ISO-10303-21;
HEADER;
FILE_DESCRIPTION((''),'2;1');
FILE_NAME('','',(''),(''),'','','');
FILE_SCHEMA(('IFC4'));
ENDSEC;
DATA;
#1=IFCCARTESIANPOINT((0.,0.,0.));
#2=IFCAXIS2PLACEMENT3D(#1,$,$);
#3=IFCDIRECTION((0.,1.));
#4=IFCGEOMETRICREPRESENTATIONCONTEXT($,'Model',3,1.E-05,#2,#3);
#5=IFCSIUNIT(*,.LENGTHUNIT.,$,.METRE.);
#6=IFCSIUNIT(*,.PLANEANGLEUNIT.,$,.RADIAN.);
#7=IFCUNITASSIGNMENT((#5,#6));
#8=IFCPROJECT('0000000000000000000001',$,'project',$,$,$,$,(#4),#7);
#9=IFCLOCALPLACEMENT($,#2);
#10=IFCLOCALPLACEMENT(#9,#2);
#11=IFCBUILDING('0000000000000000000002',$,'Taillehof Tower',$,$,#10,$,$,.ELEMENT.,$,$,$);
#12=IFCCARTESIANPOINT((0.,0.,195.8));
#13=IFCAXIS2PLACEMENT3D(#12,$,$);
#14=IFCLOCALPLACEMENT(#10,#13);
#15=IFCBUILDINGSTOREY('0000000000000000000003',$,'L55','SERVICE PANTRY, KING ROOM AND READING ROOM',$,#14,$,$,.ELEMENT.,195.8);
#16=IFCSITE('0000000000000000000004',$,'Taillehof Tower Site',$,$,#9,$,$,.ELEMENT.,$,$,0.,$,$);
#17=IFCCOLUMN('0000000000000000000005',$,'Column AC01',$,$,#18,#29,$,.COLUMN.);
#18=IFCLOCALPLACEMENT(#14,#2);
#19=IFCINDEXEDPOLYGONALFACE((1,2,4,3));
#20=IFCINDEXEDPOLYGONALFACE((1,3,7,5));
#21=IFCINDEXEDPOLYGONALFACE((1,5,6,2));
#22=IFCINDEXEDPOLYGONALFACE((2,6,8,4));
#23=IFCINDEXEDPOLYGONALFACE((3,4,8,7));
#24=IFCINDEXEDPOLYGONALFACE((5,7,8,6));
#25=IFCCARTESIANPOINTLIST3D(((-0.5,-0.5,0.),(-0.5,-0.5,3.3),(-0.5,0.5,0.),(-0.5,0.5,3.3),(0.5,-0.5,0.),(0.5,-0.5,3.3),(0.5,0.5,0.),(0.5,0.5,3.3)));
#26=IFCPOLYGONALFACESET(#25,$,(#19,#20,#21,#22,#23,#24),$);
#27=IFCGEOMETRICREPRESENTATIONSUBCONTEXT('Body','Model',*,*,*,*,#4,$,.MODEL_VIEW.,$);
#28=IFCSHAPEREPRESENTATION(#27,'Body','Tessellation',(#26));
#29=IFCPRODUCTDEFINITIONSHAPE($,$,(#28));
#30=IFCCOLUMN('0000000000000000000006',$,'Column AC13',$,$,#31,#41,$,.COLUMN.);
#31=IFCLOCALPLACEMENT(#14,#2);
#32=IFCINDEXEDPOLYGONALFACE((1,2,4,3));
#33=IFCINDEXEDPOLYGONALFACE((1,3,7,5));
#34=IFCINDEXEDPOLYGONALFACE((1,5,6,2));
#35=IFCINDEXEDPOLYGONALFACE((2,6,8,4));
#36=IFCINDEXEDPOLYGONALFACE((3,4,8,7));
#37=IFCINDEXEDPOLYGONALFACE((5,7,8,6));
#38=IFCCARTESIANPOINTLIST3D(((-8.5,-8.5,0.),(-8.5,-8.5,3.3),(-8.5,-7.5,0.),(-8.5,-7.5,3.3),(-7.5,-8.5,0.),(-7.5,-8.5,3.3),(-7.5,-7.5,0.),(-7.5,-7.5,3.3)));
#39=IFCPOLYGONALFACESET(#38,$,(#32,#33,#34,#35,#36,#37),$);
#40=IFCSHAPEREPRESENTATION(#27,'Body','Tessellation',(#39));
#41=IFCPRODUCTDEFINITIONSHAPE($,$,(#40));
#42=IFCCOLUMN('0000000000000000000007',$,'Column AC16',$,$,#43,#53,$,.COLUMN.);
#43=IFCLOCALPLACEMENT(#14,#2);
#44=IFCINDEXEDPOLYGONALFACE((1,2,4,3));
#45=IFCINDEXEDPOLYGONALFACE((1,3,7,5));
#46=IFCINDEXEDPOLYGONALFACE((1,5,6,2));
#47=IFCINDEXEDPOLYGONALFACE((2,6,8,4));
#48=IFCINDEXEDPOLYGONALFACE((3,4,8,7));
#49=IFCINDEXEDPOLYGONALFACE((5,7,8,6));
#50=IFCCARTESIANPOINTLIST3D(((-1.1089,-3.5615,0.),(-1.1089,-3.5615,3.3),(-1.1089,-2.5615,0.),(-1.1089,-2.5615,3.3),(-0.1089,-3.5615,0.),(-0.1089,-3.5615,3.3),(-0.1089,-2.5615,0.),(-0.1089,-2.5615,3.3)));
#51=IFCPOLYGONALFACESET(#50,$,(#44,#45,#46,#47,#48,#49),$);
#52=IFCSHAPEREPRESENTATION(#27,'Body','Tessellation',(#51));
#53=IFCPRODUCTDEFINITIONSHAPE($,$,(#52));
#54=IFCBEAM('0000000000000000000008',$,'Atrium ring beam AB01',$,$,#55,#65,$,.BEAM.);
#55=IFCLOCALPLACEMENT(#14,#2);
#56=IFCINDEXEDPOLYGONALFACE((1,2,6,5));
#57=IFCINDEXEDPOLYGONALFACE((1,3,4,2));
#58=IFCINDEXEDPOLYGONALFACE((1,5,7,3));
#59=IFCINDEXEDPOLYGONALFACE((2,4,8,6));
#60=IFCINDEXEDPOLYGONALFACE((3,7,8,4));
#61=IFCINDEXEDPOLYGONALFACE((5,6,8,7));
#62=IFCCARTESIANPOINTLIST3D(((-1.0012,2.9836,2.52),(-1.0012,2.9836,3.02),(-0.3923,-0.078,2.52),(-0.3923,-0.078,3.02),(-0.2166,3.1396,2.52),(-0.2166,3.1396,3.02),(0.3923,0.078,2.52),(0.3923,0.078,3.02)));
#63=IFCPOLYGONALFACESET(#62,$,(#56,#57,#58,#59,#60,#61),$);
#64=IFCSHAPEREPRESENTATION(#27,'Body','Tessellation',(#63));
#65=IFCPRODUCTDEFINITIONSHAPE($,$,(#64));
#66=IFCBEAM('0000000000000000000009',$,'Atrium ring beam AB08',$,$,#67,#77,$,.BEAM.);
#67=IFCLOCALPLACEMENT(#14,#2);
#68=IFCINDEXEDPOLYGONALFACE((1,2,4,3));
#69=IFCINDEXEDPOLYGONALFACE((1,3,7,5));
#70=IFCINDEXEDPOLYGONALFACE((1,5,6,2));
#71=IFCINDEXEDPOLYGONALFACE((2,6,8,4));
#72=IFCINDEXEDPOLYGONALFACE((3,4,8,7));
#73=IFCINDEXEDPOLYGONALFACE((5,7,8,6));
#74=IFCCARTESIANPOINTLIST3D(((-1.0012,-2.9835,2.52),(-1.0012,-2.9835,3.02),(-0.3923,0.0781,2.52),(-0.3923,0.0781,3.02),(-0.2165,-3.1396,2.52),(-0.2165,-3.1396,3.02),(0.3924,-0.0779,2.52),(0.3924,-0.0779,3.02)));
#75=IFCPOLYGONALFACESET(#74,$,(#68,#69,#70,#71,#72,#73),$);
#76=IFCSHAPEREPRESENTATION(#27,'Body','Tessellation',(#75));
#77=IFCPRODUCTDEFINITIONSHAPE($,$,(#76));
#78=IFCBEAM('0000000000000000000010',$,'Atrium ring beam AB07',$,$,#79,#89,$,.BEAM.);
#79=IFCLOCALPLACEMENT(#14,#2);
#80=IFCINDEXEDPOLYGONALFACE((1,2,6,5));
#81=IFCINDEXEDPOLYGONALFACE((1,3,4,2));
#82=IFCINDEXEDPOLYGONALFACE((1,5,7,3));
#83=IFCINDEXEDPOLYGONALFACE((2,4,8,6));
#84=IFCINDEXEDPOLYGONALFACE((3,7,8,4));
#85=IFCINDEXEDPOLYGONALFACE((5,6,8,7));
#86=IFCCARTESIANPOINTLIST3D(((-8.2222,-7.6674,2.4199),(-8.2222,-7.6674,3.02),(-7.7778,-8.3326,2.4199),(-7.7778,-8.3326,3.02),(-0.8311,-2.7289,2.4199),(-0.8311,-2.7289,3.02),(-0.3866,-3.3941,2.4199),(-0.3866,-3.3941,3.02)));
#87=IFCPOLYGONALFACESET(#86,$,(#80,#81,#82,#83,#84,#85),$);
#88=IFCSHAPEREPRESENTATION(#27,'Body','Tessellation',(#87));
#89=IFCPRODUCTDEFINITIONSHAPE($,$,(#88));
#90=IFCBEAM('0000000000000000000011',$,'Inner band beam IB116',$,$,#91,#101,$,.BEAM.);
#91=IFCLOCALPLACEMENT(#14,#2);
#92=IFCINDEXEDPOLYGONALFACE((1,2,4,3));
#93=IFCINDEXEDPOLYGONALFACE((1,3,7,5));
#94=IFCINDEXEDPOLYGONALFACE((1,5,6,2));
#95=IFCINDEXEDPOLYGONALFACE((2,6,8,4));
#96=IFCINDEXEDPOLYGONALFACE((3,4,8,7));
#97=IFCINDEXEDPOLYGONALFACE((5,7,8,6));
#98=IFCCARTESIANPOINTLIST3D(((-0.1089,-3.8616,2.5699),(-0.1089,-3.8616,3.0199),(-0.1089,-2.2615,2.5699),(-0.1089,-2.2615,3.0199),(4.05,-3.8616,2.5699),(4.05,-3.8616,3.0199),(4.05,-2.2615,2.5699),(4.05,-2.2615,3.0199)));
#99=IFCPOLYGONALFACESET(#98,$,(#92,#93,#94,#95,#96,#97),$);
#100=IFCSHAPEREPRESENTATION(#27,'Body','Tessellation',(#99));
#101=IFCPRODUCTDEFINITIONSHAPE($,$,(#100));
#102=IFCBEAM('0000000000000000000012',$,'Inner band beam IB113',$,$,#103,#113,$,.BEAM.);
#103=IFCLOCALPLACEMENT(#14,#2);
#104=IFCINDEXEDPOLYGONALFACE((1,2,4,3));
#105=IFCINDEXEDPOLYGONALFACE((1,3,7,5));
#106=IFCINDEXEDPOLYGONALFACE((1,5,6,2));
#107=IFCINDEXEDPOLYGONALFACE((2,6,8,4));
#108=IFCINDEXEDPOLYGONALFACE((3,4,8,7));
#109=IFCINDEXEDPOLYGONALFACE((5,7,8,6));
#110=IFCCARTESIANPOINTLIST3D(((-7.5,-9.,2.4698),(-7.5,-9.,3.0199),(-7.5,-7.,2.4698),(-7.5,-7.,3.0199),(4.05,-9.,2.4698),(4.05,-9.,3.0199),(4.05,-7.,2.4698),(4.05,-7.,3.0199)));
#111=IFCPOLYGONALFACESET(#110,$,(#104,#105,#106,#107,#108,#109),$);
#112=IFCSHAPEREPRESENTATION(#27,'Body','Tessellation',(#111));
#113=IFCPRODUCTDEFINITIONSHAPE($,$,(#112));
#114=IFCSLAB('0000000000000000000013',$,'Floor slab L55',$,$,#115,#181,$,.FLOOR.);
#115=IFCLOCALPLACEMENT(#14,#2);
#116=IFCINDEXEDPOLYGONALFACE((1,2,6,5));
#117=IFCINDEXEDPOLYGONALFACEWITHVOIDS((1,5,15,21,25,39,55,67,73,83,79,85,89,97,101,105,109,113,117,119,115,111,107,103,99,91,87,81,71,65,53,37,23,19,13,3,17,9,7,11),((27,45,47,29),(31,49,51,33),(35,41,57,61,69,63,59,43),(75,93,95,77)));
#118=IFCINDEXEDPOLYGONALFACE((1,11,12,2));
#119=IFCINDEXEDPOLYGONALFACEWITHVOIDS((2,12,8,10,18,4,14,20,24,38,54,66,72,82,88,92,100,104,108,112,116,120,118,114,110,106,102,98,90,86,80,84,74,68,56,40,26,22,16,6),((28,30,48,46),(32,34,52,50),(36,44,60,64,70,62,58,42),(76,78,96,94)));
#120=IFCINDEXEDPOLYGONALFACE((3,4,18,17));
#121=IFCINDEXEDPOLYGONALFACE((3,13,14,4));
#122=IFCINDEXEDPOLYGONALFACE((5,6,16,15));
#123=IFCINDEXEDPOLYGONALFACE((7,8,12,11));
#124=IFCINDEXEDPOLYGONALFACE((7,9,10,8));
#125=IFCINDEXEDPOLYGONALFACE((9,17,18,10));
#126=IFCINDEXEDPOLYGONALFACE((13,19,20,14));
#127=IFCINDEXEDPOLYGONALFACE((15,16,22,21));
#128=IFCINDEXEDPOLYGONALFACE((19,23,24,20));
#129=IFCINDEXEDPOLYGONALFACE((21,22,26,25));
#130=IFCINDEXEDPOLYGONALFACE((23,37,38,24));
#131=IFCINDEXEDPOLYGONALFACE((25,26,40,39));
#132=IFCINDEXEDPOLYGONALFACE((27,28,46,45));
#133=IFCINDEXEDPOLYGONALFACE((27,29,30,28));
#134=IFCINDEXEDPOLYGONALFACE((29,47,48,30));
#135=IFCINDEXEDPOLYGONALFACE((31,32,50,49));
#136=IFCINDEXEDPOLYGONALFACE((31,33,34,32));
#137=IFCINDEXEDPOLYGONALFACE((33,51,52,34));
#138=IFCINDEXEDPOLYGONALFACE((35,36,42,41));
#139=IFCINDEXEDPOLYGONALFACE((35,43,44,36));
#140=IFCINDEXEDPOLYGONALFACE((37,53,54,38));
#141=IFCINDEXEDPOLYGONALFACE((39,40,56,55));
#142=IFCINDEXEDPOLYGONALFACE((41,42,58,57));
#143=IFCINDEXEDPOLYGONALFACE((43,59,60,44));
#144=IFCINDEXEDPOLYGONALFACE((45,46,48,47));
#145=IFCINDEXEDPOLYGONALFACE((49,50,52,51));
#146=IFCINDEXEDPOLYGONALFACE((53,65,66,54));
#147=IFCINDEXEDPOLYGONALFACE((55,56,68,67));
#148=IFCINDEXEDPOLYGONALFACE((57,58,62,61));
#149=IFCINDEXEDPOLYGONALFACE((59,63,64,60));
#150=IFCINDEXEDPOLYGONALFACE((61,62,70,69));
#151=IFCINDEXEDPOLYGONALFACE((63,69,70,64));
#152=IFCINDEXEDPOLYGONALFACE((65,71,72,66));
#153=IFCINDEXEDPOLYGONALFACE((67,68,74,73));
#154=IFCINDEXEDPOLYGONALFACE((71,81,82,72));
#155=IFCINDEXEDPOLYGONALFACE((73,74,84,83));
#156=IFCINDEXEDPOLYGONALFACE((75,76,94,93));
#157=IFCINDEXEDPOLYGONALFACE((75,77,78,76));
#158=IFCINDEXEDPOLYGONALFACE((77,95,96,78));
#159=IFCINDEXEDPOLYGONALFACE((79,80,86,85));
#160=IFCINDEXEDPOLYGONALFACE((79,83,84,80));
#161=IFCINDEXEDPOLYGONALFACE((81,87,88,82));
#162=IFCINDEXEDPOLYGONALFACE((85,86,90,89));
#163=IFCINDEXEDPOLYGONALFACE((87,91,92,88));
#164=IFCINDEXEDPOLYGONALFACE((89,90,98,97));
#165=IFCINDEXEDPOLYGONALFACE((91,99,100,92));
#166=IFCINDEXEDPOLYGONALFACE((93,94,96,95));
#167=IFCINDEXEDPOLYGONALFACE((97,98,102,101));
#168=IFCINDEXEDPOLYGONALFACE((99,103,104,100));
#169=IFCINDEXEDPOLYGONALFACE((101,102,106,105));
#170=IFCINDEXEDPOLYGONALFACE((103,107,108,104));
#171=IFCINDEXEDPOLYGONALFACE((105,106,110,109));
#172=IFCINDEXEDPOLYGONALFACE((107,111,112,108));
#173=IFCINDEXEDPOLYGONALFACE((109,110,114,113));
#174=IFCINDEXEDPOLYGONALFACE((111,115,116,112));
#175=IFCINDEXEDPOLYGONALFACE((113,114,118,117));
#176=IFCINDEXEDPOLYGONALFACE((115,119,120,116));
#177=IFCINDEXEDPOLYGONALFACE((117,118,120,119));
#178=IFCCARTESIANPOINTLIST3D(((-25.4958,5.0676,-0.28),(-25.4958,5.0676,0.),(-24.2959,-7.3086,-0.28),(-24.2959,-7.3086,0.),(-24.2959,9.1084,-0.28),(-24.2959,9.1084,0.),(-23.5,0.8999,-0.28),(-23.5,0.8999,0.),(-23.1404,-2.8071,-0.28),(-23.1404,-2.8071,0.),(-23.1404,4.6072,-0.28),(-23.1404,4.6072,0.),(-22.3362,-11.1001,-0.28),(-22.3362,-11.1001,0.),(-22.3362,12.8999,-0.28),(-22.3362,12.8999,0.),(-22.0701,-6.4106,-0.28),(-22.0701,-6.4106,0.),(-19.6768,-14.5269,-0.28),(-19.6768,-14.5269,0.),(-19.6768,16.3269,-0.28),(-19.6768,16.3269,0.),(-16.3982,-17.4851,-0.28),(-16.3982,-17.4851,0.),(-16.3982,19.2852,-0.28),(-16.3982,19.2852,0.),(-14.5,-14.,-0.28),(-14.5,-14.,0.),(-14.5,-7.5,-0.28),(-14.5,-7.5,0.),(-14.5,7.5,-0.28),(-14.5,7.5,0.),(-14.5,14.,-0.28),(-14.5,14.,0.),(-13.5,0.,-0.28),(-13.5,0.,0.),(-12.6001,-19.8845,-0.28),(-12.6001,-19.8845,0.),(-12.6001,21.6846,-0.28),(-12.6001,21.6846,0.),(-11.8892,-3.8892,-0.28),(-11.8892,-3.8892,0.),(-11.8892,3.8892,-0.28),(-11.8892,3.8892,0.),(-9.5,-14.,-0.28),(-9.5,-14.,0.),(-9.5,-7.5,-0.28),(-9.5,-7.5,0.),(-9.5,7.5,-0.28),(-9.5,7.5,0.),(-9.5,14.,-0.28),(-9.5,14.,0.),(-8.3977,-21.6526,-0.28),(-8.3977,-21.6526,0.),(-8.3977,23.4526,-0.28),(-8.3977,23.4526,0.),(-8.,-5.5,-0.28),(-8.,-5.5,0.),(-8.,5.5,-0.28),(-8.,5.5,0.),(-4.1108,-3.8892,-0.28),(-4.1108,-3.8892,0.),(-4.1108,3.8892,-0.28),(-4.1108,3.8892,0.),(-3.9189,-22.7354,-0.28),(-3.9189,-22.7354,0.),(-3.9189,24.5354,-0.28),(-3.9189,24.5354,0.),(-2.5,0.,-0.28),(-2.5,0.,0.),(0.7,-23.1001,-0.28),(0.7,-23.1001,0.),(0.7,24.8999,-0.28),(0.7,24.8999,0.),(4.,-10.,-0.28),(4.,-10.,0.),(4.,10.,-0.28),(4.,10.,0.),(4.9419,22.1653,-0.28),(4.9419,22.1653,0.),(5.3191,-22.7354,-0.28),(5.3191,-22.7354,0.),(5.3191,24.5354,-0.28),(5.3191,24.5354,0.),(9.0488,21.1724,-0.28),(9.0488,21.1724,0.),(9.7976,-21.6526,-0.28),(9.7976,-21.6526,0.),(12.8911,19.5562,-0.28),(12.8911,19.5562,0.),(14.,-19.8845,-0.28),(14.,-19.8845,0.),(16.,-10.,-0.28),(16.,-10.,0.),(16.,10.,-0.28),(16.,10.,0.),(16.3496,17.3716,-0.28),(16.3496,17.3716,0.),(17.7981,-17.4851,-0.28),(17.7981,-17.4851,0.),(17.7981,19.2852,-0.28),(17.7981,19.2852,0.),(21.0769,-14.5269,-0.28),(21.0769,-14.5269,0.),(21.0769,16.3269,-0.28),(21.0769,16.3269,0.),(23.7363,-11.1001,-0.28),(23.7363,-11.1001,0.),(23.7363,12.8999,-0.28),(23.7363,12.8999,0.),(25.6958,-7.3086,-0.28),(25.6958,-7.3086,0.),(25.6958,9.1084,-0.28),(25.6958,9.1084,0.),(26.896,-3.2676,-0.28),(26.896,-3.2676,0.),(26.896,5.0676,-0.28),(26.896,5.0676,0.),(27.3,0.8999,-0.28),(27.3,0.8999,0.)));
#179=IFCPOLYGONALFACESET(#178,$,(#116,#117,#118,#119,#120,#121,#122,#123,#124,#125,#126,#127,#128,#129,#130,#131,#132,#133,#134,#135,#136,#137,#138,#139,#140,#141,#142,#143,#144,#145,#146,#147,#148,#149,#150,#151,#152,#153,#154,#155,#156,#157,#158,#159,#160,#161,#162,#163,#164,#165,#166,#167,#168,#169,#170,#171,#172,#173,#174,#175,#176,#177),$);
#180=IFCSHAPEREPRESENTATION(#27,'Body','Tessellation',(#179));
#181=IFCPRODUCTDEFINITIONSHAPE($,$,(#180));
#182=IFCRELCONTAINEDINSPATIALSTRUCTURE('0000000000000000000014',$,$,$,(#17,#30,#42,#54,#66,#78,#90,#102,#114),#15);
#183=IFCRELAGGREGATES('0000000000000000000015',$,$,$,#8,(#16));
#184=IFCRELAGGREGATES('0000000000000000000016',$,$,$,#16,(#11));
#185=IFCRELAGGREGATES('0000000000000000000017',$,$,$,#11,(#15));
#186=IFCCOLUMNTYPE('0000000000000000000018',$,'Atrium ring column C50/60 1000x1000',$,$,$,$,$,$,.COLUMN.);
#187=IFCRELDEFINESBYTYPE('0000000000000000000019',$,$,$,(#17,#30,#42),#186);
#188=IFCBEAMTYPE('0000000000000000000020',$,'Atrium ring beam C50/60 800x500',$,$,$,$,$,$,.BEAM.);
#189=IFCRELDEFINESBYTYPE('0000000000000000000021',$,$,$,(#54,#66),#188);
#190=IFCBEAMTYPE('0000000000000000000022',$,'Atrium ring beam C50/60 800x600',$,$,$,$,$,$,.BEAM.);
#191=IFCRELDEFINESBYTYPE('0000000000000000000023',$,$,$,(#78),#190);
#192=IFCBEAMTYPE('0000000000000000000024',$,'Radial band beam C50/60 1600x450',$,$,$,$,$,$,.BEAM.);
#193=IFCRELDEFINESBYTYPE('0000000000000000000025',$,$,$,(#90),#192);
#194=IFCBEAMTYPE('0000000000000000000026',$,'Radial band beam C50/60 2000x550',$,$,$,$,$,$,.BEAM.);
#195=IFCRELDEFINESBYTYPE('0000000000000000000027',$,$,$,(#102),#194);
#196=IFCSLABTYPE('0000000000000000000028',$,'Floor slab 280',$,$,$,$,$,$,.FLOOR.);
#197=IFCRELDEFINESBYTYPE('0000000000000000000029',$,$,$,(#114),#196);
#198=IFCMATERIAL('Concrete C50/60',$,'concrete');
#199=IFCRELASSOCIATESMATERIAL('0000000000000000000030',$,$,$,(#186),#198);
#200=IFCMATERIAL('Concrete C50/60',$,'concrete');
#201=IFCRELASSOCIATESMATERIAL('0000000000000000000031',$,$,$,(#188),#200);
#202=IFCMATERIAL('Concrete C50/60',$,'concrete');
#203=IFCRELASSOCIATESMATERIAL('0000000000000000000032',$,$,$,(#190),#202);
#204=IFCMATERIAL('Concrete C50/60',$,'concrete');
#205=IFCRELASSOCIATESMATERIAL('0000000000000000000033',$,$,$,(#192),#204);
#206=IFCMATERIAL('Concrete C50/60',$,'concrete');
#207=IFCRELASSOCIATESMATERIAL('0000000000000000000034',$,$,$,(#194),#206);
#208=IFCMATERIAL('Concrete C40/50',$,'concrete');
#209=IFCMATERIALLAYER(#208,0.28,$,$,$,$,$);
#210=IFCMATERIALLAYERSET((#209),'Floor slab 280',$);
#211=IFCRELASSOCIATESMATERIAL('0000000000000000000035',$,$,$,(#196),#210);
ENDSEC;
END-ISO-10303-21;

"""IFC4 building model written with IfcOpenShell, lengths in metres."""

from ifc_helpers import new_model, si_unit, direction, frame, origin, origin_2d, place, context, subcontext, project, spatial, polyline, rectangle, outline, extrude, material, layer, layer_set, material_profile, profile_set, type_object, element, save


model = new_model("IFC4")

# Units and contexts
model_context = context("Model", 3, precision=1e-05, world=origin(), true_north=direction((0.0, 1.0)))
body_context = subcontext(model_context, "Body", "Model", "MODEL_VIEW")
ifc_project = project(units=[si_unit("LENGTHUNIT", "METRE"), si_unit("PLANEANGLEUNIT", "RADIAN")], contexts=[model_context])

# Site, building, storey
site_placement = place(None, origin())
site = spatial("IfcSite", under=ifc_project, at=site_placement, Name="Taillehof Tower Site", CompositionType="ELEMENT", RefElevation=0.0)
building_placement = place(site_placement, origin())
building = spatial("IfcBuilding", under=site, at=building_placement, Name="Taillehof Tower", CompositionType="ELEMENT")
storey_placement = place(building_placement, frame((0.0, 0.0, 195.8)))
storey = spatial("IfcBuildingStorey", under=building, at=storey_placement, Name="L55", Description="SERVICE PANTRY, KING ROOM AND READING ROOM", CompositionType="ELEMENT", Elevation=195.8)

# Columns
ifc_material_1 = material(Name="Concrete C50/60", Category="concrete")
ifc_material_profile_1 = material_profile(ifc_material_1, rectangle(XDim=1.0, YDim=1.0, at=origin_2d()), Name="RC 1000x1000")
ifc_profile_set_1 = profile_set([ifc_material_profile_1], Name="Concrete C50/60")
column_type = type_object("IfcColumnType", Name="Atrium ring column C50/60 1000x1000", PredefinedType="COLUMN", material=ifc_profile_set_1)
for number, where, z_axis, x_axis, name in (
    (1, (0.0, 0.0, 0.0), (0.0, 0.0, 1.0), (1.0, 0.0, 0.0), "Column AC01"),
    (2, (-8.0, -8.0, 0.0), (0.0, 0.0, 1.0), (1.0, 0.0, 0.0), "Column AC13"),
    (3, (-0.6089, -3.0615, 0.0), (0.0, 0.0, 1.0), (1.0, 0.0, 0.0), "Column AC16"),
):
    element("IfcColumn", number, at=place(storey_placement, frame(where, z_axis=z_axis, x_axis=x_axis)), inside=storey, type_object=column_type, Name=name, PredefinedType="COLUMN", context=body_context, shape_type="SweptSolid", body=[
        extrude(rectangle(XDim=1.0, YDim=1.0, at=origin_2d()), origin(), (0.0, 0.0, 1.0), 3.3),
    ])

# Beams
ifc_material_2 = material(Name="Concrete C50/60", Category="concrete")
ifc_material_profile_2 = material_profile(ifc_material_2, rectangle(XDim=0.8, YDim=0.5, at=origin_2d()), Name="RC 800x500")
ifc_profile_set_2 = profile_set([ifc_material_profile_2], Name="Concrete C50/60")
beam_type_1 = type_object("IfcBeamType", Name="Atrium ring beam C50/60 800x500", PredefinedType="BEAM", material=ifc_profile_set_2)
for number, where, z_axis, x_axis, name in (
    (4, (0.0, 0.0, 2.77), (-0.195063, 0.980791, 0.0), (-0.980791, -0.195063, 0.0), "Atrium ring beam AB01"),
    (5, (-0.6089, -3.0615, 2.77), (0.195063, 0.980791, 0.0), (-0.980791, 0.195063, 0.0), "Atrium ring beam AB08"),
):
    element("IfcBeam", number, at=place(storey_placement, frame(where, z_axis=z_axis, x_axis=x_axis)), inside=storey, type_object=beam_type_1, Name=name, PredefinedType="BEAM", context=body_context, shape_type="SweptSolid", body=[
        extrude(rectangle(XDim=0.8, YDim=0.5, at=origin_2d()), origin(), (0.0, 0.0, 1.0), 3.1216),
    ])
ifc_material_3 = material(Name="Concrete C50/60", Category="concrete")
ifc_material_profile_3 = material_profile(ifc_material_3, rectangle(XDim=0.8, YDim=0.6001, at=origin_2d()), Name="RC 800x600")
ifc_profile_set_3 = profile_set([ifc_material_profile_3], Name="Concrete C50/60")
beam_type_2 = type_object("IfcBeamType", Name="Atrium ring beam C50/60 800x600", PredefinedType="BEAM", material=ifc_profile_set_3)
beam_1_placement = place(storey_placement, frame((-8.0, -8.0, 2.72), z_axis=(0.831475, 0.555562, 0.0), x_axis=(-0.555562, 0.831475, 0.0)))
element("IfcBeam", 6, at=beam_1_placement, inside=storey, type_object=beam_type_2, Name="Atrium ring beam AB07", PredefinedType="BEAM", context=body_context, shape_type="SweptSolid", body=[
    extrude(rectangle(XDim=0.8, YDim=0.6001, at=origin_2d()), origin(), (0.0, 0.0, 1.0), 8.8892),
])
ifc_material_4 = material(Name="Concrete C50/60", Category="concrete")
ifc_material_profile_4 = material_profile(ifc_material_4, rectangle(XDim=1.6001, YDim=0.45, at=origin_2d()), Name="RC 1600x450")
ifc_profile_set_4 = profile_set([ifc_material_profile_4], Name="Concrete C50/60")
beam_type_3 = type_object("IfcBeamType", Name="Radial band beam C50/60 1600x450", PredefinedType="BEAM", material=ifc_profile_set_4)
beam_2_placement = place(storey_placement, frame((-0.1089, -3.0615, 2.7949), z_axis=(1.0, 0.0, 0.0), x_axis=(0.0, 1.0, 0.0)))
element("IfcBeam", 7, at=beam_2_placement, inside=storey, type_object=beam_type_3, Name="Inner band beam IB116", PredefinedType="BEAM", context=body_context, shape_type="SweptSolid", body=[
    extrude(rectangle(XDim=1.6001, YDim=0.45, at=origin_2d()), origin(), (0.0, 0.0, 1.0), 4.1589),
])
ifc_material_5 = material(Name="Concrete C50/60", Category="concrete")
ifc_material_profile_5 = material_profile(ifc_material_5, rectangle(XDim=2.0, YDim=0.55, at=origin_2d()), Name="RC 2000x550")
ifc_profile_set_5 = profile_set([ifc_material_profile_5], Name="Concrete C50/60")
beam_type_4 = type_object("IfcBeamType", Name="Radial band beam C50/60 2000x550", PredefinedType="BEAM", material=ifc_profile_set_5)
beam_3_placement = place(storey_placement, frame((-7.5, -8.0, 2.7449), z_axis=(1.0, 0.0, 0.0), x_axis=(0.0, 1.0, 0.0)))
element("IfcBeam", 8, at=beam_3_placement, inside=storey, type_object=beam_type_4, Name="Inner band beam IB113", PredefinedType="BEAM", context=body_context, shape_type="SweptSolid", body=[
    extrude(rectangle(XDim=2.0, YDim=0.55, at=origin_2d()), origin(), (0.0, 0.0, 1.0), 11.55),
])

# Slab
ifc_material_6 = material(Name="Concrete C40/50", Category="concrete")
ifc_layer_1 = layer(ifc_material_6, 0.28)
ifc_layer_set_1 = layer_set([ifc_layer_1], Name="Floor slab 280")
slab_type = type_object("IfcSlabType", Name="Floor slab 280", PredefinedType="FLOOR", material=ifc_layer_set_1)
slab_placement = place(storey_placement, frame((0.0, 0.0, -0.28)))
element("IfcSlab", 9, at=slab_placement, inside=storey, type_object=slab_type, Name="Floor slab L55", PredefinedType="FLOOR", context=body_context, shape_type="SweptSolid", body=[
    extrude(outline(polyline([(27.3, 0.8999), (26.896, 5.0676), (25.6958, 9.1084), (23.7363, 12.8999), (21.0769, 16.3269), (17.7981, 19.2852), (16.3496, 17.3716), (12.8911, 19.5562), (9.0488, 21.1724), (4.9419, 22.1653), (5.3191, 24.5354), (0.7, 24.8999), (-3.9189, 24.5354), (-8.3977, 23.4526), (-12.6001, 21.6846), (-16.3982, 19.2852), (-19.6768, 16.3269), (-22.3362, 12.8999), (-24.2959, 9.1084), (-25.4958, 5.0676), (-23.1404, 4.6072), (-23.5, 0.8999), (-23.1404, -2.8071), (-22.0701, -6.4106), (-24.2959, -7.3086), (-22.3362, -11.1001), (-19.6768, -14.5269), (-16.3982, -17.4851), (-12.6001, -19.8845), (-8.3977, -21.6526), (-3.9189, -22.7354), (0.7, -23.1001), (5.3191, -22.7354), (9.7976, -21.6526), (14.0, -19.8845), (17.7981, -17.4851), (21.0769, -14.5269), (23.7363, -11.1001), (25.6958, -7.3086), (26.896, -3.2676), (27.3, 0.8999)]), holes=[polyline([(-14.5, -7.5), (-9.5, -7.5), (-9.5, -14.0), (-14.5, -14.0), (-14.5, -7.5)]), polyline([(-8.0, -5.5), (-11.8892, -3.8892), (-13.5, 0.0), (-11.8892, 3.8892), (-8.0, 5.5), (-4.1108, 3.8892), (-2.5, 0.0), (-4.1108, -3.8892), (-8.0, -5.5)]), polyline([(16.0, 10.0), (16.0, -10.0), (4.0, -10.0), (4.0, 10.0), (16.0, 10.0)]), polyline([(-14.5, 14.0), (-9.5, 14.0), (-9.5, 7.5), (-14.5, 7.5), (-14.5, 14.0)])]), origin(), (0.0, 0.0, 1.0), 0.28),
])

save(model, "model.ifc")
